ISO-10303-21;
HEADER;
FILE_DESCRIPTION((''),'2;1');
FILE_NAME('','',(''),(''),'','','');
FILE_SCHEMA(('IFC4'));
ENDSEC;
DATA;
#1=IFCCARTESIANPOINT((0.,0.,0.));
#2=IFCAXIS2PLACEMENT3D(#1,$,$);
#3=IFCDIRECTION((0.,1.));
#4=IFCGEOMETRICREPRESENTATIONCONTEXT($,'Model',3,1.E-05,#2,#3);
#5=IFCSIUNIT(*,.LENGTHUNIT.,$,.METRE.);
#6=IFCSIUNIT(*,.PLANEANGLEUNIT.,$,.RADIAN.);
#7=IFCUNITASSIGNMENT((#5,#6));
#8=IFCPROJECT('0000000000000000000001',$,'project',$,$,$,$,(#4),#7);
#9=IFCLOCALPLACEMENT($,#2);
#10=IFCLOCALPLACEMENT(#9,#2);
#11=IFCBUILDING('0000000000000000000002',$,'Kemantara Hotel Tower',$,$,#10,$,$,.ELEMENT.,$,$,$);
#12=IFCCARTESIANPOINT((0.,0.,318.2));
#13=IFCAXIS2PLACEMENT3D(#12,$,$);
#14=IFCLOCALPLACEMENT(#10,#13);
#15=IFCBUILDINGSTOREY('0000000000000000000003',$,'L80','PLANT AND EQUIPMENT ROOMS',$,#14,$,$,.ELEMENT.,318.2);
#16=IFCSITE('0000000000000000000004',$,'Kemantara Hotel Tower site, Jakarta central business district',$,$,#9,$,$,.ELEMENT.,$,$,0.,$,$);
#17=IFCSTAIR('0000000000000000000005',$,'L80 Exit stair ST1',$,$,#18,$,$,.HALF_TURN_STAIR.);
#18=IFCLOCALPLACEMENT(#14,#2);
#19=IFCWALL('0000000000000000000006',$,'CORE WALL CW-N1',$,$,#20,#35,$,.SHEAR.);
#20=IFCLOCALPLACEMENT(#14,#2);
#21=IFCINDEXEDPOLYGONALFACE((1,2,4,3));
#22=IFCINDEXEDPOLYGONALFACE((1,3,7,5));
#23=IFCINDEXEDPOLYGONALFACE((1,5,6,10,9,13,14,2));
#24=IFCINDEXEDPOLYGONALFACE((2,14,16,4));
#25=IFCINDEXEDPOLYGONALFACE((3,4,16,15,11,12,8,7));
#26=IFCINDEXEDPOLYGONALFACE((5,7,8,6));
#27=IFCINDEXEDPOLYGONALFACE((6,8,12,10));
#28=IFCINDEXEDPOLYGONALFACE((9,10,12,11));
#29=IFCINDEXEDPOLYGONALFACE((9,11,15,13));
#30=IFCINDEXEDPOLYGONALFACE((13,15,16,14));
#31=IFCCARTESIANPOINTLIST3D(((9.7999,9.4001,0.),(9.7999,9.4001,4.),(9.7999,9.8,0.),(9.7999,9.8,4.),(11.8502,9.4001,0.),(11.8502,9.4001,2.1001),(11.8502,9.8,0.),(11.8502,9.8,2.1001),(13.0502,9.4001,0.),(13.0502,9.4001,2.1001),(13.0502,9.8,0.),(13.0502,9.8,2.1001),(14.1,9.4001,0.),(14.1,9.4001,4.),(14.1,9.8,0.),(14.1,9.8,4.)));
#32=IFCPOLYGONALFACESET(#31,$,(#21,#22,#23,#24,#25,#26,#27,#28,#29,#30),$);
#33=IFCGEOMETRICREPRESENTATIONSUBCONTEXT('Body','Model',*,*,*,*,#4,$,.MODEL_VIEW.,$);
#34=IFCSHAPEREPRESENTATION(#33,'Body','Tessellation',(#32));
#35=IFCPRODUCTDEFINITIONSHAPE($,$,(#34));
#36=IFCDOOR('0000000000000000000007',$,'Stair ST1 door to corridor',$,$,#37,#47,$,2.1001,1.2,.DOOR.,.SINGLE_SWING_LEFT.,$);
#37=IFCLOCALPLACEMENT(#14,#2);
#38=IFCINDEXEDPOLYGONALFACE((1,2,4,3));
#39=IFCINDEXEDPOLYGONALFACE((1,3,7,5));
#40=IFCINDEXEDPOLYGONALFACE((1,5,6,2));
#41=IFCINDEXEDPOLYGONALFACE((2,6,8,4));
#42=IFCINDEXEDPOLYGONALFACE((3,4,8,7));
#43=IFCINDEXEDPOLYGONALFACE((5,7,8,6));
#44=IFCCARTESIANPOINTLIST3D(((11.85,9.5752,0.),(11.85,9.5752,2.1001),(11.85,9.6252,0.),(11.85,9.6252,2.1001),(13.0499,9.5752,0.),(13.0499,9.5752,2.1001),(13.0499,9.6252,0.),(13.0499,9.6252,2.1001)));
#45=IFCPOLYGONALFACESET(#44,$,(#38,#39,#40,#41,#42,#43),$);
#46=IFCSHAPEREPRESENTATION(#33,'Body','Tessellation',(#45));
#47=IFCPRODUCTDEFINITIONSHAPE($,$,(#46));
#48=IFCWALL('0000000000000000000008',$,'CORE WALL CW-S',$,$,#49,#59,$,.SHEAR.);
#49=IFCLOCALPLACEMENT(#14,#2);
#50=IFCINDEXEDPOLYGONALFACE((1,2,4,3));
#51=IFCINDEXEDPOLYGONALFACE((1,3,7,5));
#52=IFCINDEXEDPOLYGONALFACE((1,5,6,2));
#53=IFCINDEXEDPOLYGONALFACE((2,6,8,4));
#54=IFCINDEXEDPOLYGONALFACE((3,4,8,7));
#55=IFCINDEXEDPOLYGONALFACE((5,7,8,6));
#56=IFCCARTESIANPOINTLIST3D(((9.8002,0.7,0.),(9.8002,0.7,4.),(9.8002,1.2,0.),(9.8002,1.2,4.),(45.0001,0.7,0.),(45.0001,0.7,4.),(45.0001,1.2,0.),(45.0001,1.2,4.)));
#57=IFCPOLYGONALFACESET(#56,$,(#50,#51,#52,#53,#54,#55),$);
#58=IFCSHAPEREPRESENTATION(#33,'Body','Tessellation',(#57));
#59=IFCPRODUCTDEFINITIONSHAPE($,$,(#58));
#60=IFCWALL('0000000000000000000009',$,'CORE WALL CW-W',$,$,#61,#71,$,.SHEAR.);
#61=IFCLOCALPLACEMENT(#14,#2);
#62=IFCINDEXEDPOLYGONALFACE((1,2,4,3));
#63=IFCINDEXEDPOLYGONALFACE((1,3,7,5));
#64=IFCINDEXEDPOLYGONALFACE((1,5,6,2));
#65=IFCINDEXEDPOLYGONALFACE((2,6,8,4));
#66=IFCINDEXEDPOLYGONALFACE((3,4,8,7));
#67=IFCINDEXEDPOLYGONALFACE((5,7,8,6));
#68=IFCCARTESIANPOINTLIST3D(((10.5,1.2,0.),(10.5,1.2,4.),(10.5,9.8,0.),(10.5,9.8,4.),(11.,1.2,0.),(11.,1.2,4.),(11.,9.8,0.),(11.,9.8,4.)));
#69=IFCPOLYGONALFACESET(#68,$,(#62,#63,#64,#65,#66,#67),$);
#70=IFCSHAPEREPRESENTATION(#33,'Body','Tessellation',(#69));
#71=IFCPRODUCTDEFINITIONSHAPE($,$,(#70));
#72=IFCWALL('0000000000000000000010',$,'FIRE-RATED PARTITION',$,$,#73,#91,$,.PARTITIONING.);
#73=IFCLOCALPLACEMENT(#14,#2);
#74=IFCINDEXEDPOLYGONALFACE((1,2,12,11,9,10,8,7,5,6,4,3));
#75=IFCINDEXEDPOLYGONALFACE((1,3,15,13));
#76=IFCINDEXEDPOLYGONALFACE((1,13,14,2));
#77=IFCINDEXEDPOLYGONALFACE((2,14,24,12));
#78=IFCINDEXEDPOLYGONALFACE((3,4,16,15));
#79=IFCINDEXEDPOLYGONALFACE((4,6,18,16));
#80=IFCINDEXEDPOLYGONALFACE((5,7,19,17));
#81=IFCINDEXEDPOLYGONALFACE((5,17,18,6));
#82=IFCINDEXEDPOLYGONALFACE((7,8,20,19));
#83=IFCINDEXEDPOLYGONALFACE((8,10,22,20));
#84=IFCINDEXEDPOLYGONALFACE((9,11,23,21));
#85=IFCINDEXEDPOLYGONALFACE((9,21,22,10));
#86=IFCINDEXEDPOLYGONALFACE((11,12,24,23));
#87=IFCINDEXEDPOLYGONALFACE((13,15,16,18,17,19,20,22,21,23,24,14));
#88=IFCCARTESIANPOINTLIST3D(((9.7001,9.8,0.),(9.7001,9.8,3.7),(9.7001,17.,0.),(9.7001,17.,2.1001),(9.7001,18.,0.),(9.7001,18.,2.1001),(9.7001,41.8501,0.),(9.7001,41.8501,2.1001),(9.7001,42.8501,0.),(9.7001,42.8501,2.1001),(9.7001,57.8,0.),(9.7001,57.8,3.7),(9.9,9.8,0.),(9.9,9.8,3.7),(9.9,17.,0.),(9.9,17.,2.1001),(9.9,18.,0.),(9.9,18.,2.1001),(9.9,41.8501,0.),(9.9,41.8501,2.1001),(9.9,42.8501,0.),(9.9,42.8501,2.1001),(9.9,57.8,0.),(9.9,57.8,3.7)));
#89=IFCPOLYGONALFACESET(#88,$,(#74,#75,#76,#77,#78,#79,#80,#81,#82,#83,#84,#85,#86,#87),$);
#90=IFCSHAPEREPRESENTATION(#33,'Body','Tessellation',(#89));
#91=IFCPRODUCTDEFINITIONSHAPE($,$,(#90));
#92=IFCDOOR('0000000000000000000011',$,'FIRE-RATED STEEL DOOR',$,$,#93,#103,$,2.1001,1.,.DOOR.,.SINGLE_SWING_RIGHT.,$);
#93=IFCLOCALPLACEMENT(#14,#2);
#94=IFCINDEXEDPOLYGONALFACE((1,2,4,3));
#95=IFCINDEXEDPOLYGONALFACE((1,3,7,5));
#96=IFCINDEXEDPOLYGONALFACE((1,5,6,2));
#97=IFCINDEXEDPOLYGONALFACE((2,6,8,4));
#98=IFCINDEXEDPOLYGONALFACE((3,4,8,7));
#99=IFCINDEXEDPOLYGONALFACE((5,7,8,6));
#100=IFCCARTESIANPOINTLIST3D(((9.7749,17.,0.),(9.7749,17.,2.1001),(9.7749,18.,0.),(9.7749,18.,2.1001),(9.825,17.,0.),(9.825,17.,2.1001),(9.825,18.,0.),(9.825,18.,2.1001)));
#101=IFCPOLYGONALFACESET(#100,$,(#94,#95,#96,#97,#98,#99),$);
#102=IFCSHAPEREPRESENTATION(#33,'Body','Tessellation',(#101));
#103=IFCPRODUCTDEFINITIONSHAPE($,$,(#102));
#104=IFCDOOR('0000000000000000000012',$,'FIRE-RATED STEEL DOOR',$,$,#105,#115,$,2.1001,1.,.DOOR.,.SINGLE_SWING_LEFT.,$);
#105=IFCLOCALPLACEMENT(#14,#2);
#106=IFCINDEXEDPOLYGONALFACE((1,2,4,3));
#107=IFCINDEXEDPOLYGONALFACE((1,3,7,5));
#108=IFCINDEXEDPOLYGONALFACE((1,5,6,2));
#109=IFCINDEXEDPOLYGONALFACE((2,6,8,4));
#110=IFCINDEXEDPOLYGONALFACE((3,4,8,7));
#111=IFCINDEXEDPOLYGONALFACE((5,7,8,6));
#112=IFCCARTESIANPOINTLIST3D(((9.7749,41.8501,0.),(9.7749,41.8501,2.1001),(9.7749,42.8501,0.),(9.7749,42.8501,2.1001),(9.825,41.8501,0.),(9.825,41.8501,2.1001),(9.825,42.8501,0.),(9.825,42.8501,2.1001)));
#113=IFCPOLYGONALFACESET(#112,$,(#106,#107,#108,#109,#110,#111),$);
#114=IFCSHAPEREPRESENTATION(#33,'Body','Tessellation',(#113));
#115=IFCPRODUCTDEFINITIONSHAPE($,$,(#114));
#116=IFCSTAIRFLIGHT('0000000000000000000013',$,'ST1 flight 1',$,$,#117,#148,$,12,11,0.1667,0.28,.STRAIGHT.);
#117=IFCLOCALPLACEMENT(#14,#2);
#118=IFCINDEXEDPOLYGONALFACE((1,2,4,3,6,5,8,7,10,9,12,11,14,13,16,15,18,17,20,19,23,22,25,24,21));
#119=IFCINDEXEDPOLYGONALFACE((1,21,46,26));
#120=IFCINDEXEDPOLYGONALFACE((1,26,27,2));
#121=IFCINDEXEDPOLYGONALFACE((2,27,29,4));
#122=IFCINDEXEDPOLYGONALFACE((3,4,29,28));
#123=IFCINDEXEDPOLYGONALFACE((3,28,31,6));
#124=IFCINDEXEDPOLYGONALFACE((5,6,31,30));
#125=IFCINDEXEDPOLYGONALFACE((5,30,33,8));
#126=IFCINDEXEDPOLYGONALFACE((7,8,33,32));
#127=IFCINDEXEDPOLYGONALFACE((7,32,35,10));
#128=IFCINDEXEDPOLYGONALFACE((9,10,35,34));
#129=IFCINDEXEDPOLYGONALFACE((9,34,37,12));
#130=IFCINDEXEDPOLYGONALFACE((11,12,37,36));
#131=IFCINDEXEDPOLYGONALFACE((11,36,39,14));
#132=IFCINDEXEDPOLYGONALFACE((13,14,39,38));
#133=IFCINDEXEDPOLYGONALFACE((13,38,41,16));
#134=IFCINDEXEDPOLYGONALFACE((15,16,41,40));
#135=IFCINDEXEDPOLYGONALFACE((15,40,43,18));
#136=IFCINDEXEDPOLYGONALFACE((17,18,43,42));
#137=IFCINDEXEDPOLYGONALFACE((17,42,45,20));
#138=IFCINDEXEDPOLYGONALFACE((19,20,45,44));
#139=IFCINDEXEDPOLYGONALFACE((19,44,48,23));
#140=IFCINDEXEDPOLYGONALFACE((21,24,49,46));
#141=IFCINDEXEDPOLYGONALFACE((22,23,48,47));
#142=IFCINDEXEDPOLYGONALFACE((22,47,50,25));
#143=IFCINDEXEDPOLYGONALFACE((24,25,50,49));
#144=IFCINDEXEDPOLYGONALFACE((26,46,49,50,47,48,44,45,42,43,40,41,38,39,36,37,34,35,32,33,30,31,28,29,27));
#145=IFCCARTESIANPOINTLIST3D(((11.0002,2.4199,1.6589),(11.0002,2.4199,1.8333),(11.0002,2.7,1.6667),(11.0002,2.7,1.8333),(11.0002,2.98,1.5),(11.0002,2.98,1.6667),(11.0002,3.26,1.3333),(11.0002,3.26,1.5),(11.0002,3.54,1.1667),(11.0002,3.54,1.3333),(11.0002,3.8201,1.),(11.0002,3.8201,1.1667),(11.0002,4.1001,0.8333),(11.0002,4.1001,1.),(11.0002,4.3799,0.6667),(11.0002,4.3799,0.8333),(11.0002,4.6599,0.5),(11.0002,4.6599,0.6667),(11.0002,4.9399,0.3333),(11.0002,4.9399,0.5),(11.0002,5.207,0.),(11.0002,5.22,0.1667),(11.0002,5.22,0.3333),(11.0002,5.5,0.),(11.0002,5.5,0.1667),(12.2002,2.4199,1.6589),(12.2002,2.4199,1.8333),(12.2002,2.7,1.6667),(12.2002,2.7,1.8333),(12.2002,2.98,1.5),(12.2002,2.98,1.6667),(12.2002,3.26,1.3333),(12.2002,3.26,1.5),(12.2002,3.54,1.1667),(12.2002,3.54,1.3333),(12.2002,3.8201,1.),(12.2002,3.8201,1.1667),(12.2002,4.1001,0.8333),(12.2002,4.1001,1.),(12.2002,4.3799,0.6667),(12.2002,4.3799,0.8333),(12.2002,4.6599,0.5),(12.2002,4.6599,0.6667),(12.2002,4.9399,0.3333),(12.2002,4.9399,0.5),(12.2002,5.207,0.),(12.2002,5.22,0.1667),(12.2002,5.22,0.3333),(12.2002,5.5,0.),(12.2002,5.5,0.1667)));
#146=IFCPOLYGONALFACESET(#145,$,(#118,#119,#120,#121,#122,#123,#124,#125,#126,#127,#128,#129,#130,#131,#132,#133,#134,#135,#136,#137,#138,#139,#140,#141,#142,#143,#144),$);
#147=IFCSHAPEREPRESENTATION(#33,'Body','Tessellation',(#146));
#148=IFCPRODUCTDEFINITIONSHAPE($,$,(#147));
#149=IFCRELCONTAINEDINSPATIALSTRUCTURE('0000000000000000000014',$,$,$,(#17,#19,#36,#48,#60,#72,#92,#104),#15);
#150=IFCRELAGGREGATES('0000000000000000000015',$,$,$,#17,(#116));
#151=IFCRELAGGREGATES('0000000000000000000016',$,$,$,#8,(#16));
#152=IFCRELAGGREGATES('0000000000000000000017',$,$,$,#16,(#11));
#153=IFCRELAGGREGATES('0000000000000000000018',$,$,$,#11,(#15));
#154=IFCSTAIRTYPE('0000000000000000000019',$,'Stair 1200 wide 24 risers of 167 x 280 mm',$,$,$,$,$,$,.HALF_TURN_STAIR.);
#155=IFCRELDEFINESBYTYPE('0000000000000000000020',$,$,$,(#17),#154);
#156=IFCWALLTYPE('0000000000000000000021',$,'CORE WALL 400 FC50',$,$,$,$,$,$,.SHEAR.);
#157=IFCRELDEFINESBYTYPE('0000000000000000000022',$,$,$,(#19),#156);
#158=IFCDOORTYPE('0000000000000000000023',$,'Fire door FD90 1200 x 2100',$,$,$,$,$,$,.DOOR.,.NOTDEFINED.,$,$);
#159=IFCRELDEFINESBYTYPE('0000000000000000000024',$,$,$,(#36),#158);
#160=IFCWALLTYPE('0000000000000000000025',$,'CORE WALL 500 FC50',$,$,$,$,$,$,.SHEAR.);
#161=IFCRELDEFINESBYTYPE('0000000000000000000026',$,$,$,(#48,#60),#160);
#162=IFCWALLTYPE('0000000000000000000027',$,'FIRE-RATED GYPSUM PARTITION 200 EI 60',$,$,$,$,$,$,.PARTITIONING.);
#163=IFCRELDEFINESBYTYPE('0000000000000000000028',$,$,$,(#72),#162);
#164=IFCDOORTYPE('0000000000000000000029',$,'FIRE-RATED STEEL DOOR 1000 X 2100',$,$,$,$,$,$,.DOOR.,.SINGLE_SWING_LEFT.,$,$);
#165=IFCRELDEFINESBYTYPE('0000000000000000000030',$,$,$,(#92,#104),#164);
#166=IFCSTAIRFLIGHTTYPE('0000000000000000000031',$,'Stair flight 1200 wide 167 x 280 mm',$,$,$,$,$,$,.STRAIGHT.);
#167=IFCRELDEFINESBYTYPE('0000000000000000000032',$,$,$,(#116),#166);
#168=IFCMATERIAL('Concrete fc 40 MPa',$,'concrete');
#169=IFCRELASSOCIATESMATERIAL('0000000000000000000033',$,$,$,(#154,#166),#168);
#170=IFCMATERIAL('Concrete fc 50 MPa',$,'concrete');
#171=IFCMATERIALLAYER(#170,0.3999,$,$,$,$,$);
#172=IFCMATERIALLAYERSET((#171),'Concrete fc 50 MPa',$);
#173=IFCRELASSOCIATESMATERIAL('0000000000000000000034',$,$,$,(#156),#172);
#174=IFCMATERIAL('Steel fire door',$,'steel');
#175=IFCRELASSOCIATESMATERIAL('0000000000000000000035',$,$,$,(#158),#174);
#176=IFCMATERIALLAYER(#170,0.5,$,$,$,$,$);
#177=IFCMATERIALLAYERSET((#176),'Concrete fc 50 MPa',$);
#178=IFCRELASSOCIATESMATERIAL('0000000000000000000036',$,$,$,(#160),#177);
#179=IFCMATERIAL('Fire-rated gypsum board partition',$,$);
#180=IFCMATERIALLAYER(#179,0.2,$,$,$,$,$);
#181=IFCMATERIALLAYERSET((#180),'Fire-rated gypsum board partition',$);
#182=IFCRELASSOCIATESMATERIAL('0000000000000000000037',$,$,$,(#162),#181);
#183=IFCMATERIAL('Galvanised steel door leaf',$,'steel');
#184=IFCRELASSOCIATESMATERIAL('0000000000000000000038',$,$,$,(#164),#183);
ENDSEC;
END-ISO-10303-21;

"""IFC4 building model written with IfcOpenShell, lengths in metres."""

from ifc_helpers import new_model, si_unit, direction, frame, frame_2d, origin, place, context, subcontext, project, spatial, polyline, rectangle, outline, extrude, material, layer, layer_set, type_object, element, fill, aggregate, save


model = new_model("IFC4")

# Units and contexts
model_context = context("Model", 3, precision=1e-05, world=origin(), true_north=direction((0.0, 1.0)))
body_context = subcontext(model_context, "Body", "Model", "MODEL_VIEW")
ifc_project = project(units=[si_unit("LENGTHUNIT", "METRE"), si_unit("PLANEANGLEUNIT", "RADIAN")], contexts=[model_context])

# Site, building, storey
site_placement = place(None, origin())
site = spatial("IfcSite", under=ifc_project, at=site_placement, Name="Kemantara Hotel Tower site, Jakarta central business district", CompositionType="ELEMENT", RefElevation=0.0)
building_placement = place(site_placement, origin())
building = spatial("IfcBuilding", under=site, at=building_placement, Name="Kemantara Hotel Tower", CompositionType="ELEMENT")
storey_placement = place(building_placement, frame((0.0, 0.0, 318.2)))
storey = spatial("IfcBuildingStorey", under=building, at=storey_placement, Name="L80", Description="PLANT AND EQUIPMENT ROOMS", CompositionType="ELEMENT", Elevation=318.2)

# Shared definitions
ifc_material_1 = material(Name="Concrete fc 50 MPa", Category="concrete")

# Shared definitions
ifc_material_2 = material(Name="Concrete fc 40 MPa", Category="concrete")

# Stair
stair_type_1 = type_object("IfcStairType", Name="Stair 1200 wide 24 risers of 167 x 280 mm", PredefinedType="HALF_TURN_STAIR", material=ifc_material_2)
stair_1_placement = place(storey_placement, origin())
stair_1 = element("IfcStair", 1, at=stair_1_placement, inside=storey, type_object=stair_type_1, Name="L80 Exit stair ST1", PredefinedType="HALF_TURN_STAIR")

# Wall, opening, door
ifc_layer_1 = layer(ifc_material_1, 0.3999)
ifc_layer_set_1 = layer_set([ifc_layer_1], Name="Concrete fc 50 MPa")
wall_type_1 = type_object("IfcWallType", Name="CORE WALL 400 FC50", PredefinedType="SHEAR", material=ifc_layer_set_1)
wall_1_placement = place(storey_placement, frame((9.8, 9.6001, 0.0), z_axis=(0.0, 0.0, 1.0), x_axis=(1.0, 0.0, 0.0)))
wall_1 = element("IfcWall", 2, at=wall_1_placement, inside=storey, type_object=wall_type_1, Name="CORE WALL CW-N1", PredefinedType="SHEAR", context=body_context, shape_type="SweptSolid", body=[
    extrude(rectangle(XDim=4.3, YDim=0.3999, at=frame_2d((2.1499, 0.0))), origin(), (0.0, 0.0, 1.0), 4.0),
])
opening_1_placement = place(wall_1_placement, frame((2.05, 0.0, 0.0)))
opening_1 = element("IfcOpeningElement", 3, at=opening_1_placement, cuts=wall_1, PredefinedType="OPENING", context=body_context, shape_type="SweptSolid", body=[
    extrude(rectangle(XDim=1.2, YDim=2.1001, at=frame_2d((0.6001, 1.05))), frame((0.0, 0.21, 0.0), z_axis=(0.0, -1.0, 0.0), x_axis=(1.0, 0.0, 0.0)), (0.0, 0.0, 1.0), 0.4199),
])
ifc_material_3 = material(Name="Steel fire door", Category="steel")
door_type_1 = type_object("IfcDoorType", Name="Fire door FD90 1200 x 2100", OperationType="NOTDEFINED", PredefinedType="DOOR", material=ifc_material_3)
door_1_placement = place(opening_1_placement, frame((1.2, 0.0, 0.0), z_axis=(0.0, 0.0, 1.0), x_axis=(-1.0, 0.0, 0.0)))
door_1 = element("IfcDoor", 4, at=door_1_placement, inside=storey, type_object=door_type_1, Name="Stair ST1 door to corridor", OperationType="SINGLE_SWING_LEFT", OverallHeight=2.1001, OverallWidth=1.2, PredefinedType="DOOR", context=body_context, shape_type="SweptSolid", body=[
    extrude(rectangle(XDim=1.2, YDim=2.1001, at=frame_2d((0.6001, 1.05))), frame((0.0, 0.0249, 0.0), z_axis=(0.0, -1.0, 0.0), x_axis=(1.0, 0.0, 0.0)), (0.0, 0.0, 1.0), 0.05),
])
fill(opening_1, door_1)

# Walls
ifc_layer_2 = layer(ifc_material_1, 0.5)
ifc_layer_set_2 = layer_set([ifc_layer_2], Name="Concrete fc 50 MPa")
wall_type_2 = type_object("IfcWallType", Name="CORE WALL 500 FC50", PredefinedType="SHEAR", material=ifc_layer_set_2)
wall_2_placement = place(storey_placement, frame((9.8, 0.95, 0.0), z_axis=(0.0, 0.0, 1.0), x_axis=(1.0, 0.0, 0.0)))
element("IfcWall", 5, at=wall_2_placement, inside=storey, type_object=wall_type_2, Name="CORE WALL CW-S", PredefinedType="SHEAR", context=body_context, shape_type="SweptSolid", body=[
    extrude(rectangle(XDim=35.2, YDim=0.5, at=frame_2d((17.6001, 0.0))), origin(), (0.0, 0.0, 1.0), 4.0),
])
wall_3_placement = place(storey_placement, frame((10.75, 1.2, 0.0), z_axis=(0.0, 0.0, 1.0), x_axis=(0.0, 1.0, 0.0)))
element("IfcWall", 6, at=wall_3_placement, inside=storey, type_object=wall_type_2, Name="CORE WALL CW-W", PredefinedType="SHEAR", context=body_context, shape_type="SweptSolid", body=[
    extrude(rectangle(XDim=8.6001, YDim=0.5, at=frame_2d((4.3, 0.0))), origin(), (0.0, 0.0, 1.0), 4.0),
])

# Wall, openings, doors
ifc_material_4 = material(Name="Fire-rated gypsum board partition")
ifc_layer_3 = layer(ifc_material_4, 0.2)
ifc_layer_set_3 = layer_set([ifc_layer_3], Name="Fire-rated gypsum board partition")
wall_type_3 = type_object("IfcWallType", Name="FIRE-RATED GYPSUM PARTITION 200 EI 60", PredefinedType="PARTITIONING", material=ifc_layer_set_3)
wall_4_placement = place(storey_placement, frame((9.8, 9.8, 0.0), z_axis=(0.0, 0.0, 1.0), x_axis=(0.0, 1.0, 0.0)))
wall_4 = element("IfcWall", 7, at=wall_4_placement, inside=storey, type_object=wall_type_3, Name="FIRE-RATED PARTITION", PredefinedType="PARTITIONING", context=body_context, shape_type="SweptSolid", body=[
    extrude(rectangle(XDim=48.0, YDim=0.2, at=frame_2d((24.0, 0.0))), origin(), (0.0, 0.0, 1.0), 3.7),
])
opening_2_placement = place(wall_4_placement, frame((7.2, 0.0, 0.0)))
opening_2 = element("IfcOpeningElement", 8, at=opening_2_placement, cuts=wall_4, PredefinedType="OPENING", context=body_context, shape_type="SweptSolid", body=[
    extrude(rectangle(XDim=1.0, YDim=2.1001, at=frame_2d((0.5, 1.05))), frame((0.0, 0.1099, 0.0), z_axis=(0.0, -1.0, 0.0), x_axis=(1.0, 0.0, 0.0)), (0.0, 0.0, 1.0), 0.22),
])
opening_3_placement = place(wall_4_placement, frame((32.05, 0.0, 0.0)))
opening_3 = element("IfcOpeningElement", 9, at=opening_3_placement, cuts=wall_4, PredefinedType="OPENING", context=body_context, shape_type="SweptSolid", body=[
    extrude(rectangle(XDim=1.0, YDim=2.1001, at=frame_2d((0.5, 1.05))), frame((0.0, 0.1099, 0.0), z_axis=(0.0, -1.0, 0.0), x_axis=(1.0, 0.0, 0.0)), (0.0, 0.0, 1.0), 0.22),
])
ifc_material_5 = material(Name="Galvanised steel door leaf", Category="steel")
door_type_2 = type_object("IfcDoorType", Name="FIRE-RATED STEEL DOOR 1000 X 2100", OperationType="SINGLE_SWING_LEFT", PredefinedType="DOOR", material=ifc_material_5)
door_2_placement = place(opening_2_placement, frame((1.0, 0.0, 0.0), z_axis=(0.0, 0.0, 1.0), x_axis=(-1.0, 0.0, 0.0)))
door_2 = element("IfcDoor", 10, at=door_2_placement, inside=storey, type_object=door_type_2, Name="FIRE-RATED STEEL DOOR", OperationType="SINGLE_SWING_RIGHT", OverallHeight=2.1001, OverallWidth=1.0, PredefinedType="DOOR", context=body_context, shape_type="SweptSolid", body=[
    extrude(rectangle(XDim=1.0, YDim=2.1001, at=frame_2d((0.5, 1.05))), frame((0.0, 0.0249, 0.0), z_axis=(0.0, -1.0, 0.0), x_axis=(1.0, 0.0, 0.0)), (0.0, 0.0, 1.0), 0.05),
])
fill(opening_2, door_2)
door_3_placement = place(opening_3_placement, frame((1.0, 0.0, 0.0), z_axis=(0.0, 0.0, 1.0), x_axis=(-1.0, 0.0, 0.0)))
door_3 = element("IfcDoor", 11, at=door_3_placement, inside=storey, type_object=door_type_2, Name="FIRE-RATED STEEL DOOR", OperationType="SINGLE_SWING_LEFT", OverallHeight=2.1001, OverallWidth=1.0, PredefinedType="DOOR", context=body_context, shape_type="SweptSolid", body=[
    extrude(rectangle(XDim=1.0, YDim=2.1001, at=frame_2d((0.5, 1.05))), frame((0.0, 0.0249, 0.0), z_axis=(0.0, -1.0, 0.0), x_axis=(1.0, 0.0, 0.0)), (0.0, 0.0, 1.0), 0.05),
])
fill(opening_3, door_3)

# Stair flight
stair_flight_type = type_object("IfcStairFlightType", Name="Stair flight 1200 wide 167 x 280 mm", PredefinedType="STRAIGHT", material=ifc_material_2)
stair_flight_placement = place(storey_placement, frame((11.6001, 5.5, 0.0), z_axis=(0.0, 0.0, 1.0), x_axis=(0.0, -1.0, 0.0)))
stair_flight = element("IfcStairFlight", 12, at=stair_flight_placement, type_object=stair_flight_type, Name="ST1 flight 1", NumberOfRisers=12, NumberOfTreads=11, PredefinedType="STRAIGHT", RiserHeight=0.1667, TreadLength=0.28, context=body_context, shape_type="SweptSolid", body=[
    extrude(outline(polyline([(0.0, 0.0), (0.0, 0.1667), (0.28, 0.1667), (0.28, 0.3333), (0.5601, 0.3333), (0.5601, 0.5), (0.8401, 0.5), (0.8401, 0.6667), (1.1201, 0.6667), (1.1201, 0.8333), (1.3999, 0.8333), (1.3999, 1.0), (1.6799, 1.0), (1.6799, 1.1667), (1.96, 1.1667), (1.96, 1.3333), (2.24, 1.3333), (2.24, 1.5), (2.52, 1.5), (2.52, 1.6667), (2.8, 1.6667), (2.8, 1.8333), (3.0801, 1.8333), (3.0801, 2.0), (3.0801, 1.6589), (0.293, 0.0), (0.0, 0.0)])), frame((0.0, 0.6001, 0.0), z_axis=(0.0, -1.0, 0.0), x_axis=(1.0, 0.0, 0.0)), (0.0, 0.0, 1.0), 1.2),
])
aggregate(stair_1, [stair_flight])

save(model, "model.ifc")
